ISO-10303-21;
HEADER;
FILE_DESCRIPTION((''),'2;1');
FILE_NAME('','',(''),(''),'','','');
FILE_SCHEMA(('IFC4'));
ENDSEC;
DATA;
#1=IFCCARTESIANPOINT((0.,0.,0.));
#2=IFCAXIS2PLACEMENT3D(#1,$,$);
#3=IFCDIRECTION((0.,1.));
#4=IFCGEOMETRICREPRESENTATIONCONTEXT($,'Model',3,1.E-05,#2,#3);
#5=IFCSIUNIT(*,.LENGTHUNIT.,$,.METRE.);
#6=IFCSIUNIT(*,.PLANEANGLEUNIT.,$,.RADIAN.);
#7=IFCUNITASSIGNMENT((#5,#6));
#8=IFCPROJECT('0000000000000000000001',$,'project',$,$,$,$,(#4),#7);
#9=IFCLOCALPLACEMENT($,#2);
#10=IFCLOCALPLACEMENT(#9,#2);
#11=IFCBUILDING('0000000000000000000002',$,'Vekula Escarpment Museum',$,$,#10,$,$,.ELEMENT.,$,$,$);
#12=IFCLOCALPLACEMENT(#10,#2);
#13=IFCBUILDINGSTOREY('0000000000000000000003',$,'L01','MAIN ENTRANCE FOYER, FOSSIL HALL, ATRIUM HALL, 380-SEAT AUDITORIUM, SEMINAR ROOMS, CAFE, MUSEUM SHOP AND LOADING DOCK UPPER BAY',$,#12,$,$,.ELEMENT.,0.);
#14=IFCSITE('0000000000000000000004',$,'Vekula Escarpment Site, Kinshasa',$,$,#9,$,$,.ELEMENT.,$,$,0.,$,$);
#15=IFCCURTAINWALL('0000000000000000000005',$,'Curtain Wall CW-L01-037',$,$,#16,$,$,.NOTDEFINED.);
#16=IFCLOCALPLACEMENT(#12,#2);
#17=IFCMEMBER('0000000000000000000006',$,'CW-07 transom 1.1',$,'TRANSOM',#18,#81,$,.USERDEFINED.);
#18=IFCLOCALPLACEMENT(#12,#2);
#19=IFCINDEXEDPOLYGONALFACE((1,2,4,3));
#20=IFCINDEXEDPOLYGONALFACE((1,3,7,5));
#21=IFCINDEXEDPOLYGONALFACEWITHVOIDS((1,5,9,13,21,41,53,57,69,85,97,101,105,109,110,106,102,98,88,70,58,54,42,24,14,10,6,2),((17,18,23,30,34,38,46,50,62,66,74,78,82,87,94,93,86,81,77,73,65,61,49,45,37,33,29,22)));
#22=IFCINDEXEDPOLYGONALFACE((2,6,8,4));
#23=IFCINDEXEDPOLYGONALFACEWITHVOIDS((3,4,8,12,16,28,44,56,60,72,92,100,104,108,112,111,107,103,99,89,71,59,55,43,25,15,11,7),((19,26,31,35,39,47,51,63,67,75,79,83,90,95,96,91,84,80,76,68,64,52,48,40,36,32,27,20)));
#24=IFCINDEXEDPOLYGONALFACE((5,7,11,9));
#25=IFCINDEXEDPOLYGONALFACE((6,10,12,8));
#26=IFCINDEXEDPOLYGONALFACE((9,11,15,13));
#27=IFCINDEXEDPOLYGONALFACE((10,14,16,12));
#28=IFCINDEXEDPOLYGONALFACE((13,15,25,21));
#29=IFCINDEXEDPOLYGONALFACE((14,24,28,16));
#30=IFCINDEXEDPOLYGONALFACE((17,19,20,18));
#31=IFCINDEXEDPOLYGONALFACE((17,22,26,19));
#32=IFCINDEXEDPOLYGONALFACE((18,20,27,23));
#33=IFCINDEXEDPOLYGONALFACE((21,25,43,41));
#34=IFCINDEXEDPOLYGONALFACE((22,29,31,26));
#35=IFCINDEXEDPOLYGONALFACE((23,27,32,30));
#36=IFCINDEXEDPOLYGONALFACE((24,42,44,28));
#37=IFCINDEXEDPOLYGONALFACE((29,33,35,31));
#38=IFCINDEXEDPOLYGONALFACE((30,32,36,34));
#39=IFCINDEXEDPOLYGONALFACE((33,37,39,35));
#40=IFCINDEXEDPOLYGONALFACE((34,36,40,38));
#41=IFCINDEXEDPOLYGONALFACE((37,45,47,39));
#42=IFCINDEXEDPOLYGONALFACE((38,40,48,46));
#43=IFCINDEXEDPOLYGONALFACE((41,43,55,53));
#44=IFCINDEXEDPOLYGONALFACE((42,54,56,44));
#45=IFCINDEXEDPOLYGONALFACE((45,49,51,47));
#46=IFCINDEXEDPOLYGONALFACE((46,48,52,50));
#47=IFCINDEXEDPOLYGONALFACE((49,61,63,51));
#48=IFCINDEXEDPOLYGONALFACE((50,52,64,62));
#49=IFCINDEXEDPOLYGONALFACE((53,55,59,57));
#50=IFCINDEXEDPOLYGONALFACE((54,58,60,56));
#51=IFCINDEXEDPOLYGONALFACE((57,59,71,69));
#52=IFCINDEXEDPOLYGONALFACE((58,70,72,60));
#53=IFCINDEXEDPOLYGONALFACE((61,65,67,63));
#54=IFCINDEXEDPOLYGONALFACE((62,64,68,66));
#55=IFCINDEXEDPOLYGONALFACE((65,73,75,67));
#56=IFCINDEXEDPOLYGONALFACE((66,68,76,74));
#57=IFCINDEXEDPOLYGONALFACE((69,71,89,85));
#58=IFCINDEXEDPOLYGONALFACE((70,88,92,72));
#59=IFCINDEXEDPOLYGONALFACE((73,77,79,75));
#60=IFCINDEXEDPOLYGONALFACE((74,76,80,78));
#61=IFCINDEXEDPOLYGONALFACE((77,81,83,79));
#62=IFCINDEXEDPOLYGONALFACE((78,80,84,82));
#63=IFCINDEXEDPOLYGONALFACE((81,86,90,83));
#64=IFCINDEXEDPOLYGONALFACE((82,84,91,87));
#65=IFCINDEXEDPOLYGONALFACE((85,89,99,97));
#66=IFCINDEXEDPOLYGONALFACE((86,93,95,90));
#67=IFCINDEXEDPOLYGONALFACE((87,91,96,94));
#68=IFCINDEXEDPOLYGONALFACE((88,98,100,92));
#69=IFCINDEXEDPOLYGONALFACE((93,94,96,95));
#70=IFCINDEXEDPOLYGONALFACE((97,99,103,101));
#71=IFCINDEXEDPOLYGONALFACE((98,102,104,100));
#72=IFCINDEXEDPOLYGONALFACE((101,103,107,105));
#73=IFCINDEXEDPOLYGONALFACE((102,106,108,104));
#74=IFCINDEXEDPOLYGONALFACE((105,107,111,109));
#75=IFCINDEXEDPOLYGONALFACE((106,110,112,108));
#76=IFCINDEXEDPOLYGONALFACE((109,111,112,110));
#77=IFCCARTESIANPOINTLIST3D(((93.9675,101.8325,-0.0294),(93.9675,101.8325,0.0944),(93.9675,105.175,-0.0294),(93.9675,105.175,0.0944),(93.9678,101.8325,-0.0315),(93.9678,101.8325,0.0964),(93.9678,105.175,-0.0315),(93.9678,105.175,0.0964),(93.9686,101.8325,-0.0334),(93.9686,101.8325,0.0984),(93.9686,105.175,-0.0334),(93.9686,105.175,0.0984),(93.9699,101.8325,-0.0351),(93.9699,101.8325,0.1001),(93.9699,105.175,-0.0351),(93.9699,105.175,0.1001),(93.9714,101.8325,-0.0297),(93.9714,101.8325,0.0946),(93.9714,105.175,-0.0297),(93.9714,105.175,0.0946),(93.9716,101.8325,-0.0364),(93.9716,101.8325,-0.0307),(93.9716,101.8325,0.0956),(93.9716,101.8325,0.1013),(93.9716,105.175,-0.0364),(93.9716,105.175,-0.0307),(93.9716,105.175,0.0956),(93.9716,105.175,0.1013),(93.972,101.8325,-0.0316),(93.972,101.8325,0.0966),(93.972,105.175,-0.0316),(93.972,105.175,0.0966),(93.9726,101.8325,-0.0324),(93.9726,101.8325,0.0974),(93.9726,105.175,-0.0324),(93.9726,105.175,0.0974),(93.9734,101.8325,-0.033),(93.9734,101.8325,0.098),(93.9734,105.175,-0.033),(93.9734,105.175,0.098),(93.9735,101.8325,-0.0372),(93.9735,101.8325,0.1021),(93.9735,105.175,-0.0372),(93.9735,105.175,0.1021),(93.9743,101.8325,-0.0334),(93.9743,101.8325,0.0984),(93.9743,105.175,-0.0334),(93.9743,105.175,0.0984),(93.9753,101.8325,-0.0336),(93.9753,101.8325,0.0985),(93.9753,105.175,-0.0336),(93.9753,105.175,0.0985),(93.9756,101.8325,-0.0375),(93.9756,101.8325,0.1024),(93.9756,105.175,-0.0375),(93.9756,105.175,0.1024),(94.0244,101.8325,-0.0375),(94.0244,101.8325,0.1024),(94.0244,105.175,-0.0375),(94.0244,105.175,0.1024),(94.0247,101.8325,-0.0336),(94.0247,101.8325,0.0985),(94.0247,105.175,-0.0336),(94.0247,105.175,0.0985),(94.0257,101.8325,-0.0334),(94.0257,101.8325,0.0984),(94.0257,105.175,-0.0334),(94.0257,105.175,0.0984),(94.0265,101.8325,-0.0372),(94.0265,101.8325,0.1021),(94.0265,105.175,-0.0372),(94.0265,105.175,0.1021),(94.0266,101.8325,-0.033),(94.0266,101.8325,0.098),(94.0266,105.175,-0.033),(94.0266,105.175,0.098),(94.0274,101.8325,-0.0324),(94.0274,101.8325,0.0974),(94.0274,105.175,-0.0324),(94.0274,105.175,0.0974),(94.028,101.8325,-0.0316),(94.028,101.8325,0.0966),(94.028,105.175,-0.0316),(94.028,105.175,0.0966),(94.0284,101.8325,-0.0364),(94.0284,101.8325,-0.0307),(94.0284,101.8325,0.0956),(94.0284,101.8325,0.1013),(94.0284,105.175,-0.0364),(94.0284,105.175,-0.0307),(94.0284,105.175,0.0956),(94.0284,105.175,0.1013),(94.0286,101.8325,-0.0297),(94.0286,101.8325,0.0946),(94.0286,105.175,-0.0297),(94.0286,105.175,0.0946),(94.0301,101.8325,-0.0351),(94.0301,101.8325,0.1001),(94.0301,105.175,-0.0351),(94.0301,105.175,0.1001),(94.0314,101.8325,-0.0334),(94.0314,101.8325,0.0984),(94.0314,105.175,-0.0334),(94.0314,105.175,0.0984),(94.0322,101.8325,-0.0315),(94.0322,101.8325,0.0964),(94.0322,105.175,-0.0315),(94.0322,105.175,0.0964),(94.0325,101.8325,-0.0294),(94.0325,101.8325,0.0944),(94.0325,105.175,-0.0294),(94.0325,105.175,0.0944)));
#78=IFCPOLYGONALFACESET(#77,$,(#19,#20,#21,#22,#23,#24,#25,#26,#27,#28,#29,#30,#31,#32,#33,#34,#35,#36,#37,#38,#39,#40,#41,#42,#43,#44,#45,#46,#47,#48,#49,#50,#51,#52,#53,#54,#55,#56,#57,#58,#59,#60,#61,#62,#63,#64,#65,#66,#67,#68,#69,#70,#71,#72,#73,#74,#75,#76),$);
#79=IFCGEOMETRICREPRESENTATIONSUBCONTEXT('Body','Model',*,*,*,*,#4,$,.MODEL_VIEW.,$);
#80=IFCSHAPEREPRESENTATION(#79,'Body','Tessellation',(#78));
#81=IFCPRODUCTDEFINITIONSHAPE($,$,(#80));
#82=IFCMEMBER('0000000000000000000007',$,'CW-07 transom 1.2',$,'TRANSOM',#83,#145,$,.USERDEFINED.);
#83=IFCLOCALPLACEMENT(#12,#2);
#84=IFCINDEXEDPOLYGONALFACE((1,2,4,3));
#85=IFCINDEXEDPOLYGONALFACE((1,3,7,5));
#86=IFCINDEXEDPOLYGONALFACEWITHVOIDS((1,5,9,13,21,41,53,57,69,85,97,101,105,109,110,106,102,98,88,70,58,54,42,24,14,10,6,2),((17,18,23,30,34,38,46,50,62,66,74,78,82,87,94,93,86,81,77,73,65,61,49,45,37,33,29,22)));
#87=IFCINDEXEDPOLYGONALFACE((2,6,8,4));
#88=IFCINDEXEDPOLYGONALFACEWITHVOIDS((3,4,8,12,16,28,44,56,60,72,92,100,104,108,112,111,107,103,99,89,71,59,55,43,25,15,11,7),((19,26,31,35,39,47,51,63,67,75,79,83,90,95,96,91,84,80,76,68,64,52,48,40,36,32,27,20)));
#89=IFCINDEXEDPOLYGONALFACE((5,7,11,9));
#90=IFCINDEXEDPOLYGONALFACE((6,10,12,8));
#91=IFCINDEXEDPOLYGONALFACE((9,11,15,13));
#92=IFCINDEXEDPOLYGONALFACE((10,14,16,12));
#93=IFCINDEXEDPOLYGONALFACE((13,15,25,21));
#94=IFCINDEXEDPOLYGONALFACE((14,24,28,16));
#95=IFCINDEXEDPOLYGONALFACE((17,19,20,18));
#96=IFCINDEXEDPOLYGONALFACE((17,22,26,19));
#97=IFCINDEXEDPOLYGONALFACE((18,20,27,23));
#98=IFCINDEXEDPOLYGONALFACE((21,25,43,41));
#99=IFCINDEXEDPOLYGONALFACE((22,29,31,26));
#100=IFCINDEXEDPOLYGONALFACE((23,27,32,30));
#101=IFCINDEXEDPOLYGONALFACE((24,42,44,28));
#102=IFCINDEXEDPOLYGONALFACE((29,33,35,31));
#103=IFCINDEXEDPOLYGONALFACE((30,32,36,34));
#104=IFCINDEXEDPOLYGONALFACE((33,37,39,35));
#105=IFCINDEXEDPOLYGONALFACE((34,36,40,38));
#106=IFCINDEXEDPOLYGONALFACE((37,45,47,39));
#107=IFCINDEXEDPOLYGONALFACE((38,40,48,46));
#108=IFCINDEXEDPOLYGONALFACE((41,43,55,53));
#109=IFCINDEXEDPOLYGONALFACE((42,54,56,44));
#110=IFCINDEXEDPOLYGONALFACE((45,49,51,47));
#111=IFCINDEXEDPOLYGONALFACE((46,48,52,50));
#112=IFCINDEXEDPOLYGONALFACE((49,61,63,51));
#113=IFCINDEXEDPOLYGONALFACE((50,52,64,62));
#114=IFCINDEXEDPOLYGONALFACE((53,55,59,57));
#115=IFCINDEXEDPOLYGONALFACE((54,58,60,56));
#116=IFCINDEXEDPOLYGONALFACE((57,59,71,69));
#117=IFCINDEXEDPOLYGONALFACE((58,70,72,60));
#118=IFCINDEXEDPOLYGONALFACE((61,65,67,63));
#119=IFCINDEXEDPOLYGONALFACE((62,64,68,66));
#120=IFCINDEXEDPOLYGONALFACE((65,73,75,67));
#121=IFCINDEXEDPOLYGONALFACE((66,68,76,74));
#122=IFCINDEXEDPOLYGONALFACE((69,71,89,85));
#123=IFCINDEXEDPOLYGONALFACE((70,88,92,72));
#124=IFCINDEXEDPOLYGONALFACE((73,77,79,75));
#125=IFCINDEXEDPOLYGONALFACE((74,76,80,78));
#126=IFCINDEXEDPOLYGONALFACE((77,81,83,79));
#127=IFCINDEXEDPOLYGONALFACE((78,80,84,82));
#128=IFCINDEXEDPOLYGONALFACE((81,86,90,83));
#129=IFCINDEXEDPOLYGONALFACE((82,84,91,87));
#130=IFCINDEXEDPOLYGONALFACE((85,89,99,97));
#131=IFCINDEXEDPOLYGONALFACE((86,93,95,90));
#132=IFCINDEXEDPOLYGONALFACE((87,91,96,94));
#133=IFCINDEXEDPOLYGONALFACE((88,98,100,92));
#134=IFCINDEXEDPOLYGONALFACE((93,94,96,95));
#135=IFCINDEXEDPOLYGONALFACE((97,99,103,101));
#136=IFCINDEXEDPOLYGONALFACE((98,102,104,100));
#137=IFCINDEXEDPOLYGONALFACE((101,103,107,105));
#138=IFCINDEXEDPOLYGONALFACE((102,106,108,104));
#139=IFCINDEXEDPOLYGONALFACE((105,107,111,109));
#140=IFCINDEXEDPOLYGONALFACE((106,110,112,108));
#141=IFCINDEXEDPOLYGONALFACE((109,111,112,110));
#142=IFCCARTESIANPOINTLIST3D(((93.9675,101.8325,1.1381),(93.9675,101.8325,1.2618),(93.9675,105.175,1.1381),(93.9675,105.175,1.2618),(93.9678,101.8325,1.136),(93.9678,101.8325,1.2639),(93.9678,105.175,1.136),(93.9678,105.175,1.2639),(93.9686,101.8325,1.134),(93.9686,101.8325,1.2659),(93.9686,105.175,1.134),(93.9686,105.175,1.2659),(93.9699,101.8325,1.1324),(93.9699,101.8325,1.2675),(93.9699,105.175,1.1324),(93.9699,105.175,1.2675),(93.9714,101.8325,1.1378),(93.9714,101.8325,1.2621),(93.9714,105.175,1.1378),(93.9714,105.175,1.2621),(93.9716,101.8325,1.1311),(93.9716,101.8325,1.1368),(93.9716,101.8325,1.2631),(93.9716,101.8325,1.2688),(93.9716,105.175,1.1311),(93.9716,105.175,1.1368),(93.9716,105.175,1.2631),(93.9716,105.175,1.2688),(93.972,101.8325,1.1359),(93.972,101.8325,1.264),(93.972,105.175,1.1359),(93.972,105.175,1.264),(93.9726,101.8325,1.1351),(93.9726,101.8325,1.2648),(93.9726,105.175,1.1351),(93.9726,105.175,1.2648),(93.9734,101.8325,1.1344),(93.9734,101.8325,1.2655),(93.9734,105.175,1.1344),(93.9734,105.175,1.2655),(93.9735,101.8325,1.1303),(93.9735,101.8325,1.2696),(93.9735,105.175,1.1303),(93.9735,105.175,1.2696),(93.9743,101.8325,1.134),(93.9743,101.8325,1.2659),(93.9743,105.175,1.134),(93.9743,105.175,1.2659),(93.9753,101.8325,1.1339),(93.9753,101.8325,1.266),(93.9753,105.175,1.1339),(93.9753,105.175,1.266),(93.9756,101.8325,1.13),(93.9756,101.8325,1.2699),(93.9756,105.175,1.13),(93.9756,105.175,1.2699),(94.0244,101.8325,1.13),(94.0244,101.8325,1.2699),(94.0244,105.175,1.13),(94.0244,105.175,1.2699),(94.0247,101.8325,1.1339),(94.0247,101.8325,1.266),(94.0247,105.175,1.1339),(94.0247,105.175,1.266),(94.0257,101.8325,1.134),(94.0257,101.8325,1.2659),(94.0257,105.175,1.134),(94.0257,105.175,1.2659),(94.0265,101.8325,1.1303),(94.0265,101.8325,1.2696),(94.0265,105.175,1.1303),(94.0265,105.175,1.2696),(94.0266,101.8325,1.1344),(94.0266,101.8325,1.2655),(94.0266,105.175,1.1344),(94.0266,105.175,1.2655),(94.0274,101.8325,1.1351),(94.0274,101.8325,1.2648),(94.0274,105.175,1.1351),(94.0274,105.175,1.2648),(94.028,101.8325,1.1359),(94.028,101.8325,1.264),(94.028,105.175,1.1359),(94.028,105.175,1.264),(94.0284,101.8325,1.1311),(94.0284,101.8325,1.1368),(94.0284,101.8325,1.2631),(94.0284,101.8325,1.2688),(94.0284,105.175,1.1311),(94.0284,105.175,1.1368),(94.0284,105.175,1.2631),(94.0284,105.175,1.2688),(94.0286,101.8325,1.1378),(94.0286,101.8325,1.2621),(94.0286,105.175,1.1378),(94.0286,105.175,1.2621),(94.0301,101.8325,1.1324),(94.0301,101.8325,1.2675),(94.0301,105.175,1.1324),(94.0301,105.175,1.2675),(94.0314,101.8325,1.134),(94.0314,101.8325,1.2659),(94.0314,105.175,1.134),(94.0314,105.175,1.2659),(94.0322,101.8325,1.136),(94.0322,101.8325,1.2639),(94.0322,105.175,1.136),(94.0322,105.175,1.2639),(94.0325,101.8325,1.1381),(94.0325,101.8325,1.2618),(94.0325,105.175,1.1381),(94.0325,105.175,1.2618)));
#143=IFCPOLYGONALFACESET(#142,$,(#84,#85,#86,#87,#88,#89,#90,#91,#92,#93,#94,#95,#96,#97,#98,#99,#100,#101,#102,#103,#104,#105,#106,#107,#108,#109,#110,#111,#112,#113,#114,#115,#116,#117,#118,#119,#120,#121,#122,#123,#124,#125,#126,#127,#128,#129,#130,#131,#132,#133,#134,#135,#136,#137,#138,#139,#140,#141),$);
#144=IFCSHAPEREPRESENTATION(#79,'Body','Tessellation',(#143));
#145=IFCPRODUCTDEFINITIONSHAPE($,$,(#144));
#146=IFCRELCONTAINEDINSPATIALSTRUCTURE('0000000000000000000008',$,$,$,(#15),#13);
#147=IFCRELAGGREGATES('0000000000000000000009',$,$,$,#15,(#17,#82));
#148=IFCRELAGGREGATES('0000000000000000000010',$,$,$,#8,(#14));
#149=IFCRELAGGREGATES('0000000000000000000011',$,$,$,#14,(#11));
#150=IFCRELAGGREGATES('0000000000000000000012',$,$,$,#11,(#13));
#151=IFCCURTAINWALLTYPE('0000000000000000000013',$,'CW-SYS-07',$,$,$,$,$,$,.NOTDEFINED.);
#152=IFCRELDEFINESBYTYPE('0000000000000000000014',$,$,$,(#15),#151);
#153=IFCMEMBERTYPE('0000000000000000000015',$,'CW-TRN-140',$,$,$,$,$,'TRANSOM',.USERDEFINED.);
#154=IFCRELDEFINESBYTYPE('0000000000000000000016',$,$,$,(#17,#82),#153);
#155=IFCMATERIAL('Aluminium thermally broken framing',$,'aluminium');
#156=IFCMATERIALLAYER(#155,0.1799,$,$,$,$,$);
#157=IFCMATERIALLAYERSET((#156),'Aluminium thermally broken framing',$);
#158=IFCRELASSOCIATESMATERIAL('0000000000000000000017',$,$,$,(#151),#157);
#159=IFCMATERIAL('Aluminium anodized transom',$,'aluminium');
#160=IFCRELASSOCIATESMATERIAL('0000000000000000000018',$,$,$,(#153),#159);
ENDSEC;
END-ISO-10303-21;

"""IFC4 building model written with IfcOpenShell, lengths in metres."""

from ifc_helpers import new_model, si_unit, direction, frame, origin, origin_2d, place, context, subcontext, project, spatial, hollow_rectangle, extrude, material, layer, layer_set, material_profile, profile_set, type_object, element, aggregate, save


model = new_model("IFC4")

# Units and contexts
model_context = context("Model", 3, precision=1e-05, world=origin(), true_north=direction((0.0, 1.0)))
body_context = subcontext(model_context, "Body", "Model", "MODEL_VIEW")
ifc_project = project(units=[si_unit("LENGTHUNIT", "METRE"), si_unit("PLANEANGLEUNIT", "RADIAN")], contexts=[model_context])

# Site, building, storey
site_placement = place(None, origin())
site = spatial("IfcSite", under=ifc_project, at=site_placement, Name="Vekula Escarpment Site, Kinshasa", CompositionType="ELEMENT", RefElevation=0.0)
building_placement = place(site_placement, origin())
building = spatial("IfcBuilding", under=site, at=building_placement, Name="Vekula Escarpment Museum", CompositionType="ELEMENT")
storey_placement = place(building_placement, origin())
storey = spatial("IfcBuildingStorey", under=building, at=storey_placement, Name="L01", Description="MAIN ENTRANCE FOYER, FOSSIL HALL, ATRIUM HALL, 380-SEAT AUDITORIUM, SEMINAR ROOMS, CAFE, MUSEUM SHOP AND LOADING DOCK UPPER BAY", CompositionType="ELEMENT", Elevation=0.0)

# Curtain wall
ifc_material_1 = material(Name="Aluminium thermally broken framing", Category="aluminium")
ifc_layer_1 = layer(ifc_material_1, 0.1799)
ifc_layer_set_1 = layer_set([ifc_layer_1], Name="Aluminium thermally broken framing")
curtain_wall_type_1 = type_object("IfcCurtainWallType", Name="CW-SYS-07", PredefinedType="NOTDEFINED", material=ifc_layer_set_1)
curtain_wall_1_placement = place(storey_placement, origin())
curtain_wall_1 = element("IfcCurtainWall", 1, at=curtain_wall_1_placement, inside=storey, type_object=curtain_wall_type_1, Name="Curtain Wall CW-L01-037", PredefinedType="NOTDEFINED")

# Members
ifc_material_2 = material(Name="Aluminium anodized transom", Category="aluminium")
ifc_material_profile_1 = material_profile(ifc_material_2, hollow_rectangle(XDim=0.0649, YDim=0.1399, WallThickness=0.0039, InnerFilletRadius=0.0039, OuterFilletRadius=0.0081, at=origin_2d()), Name="ALU 140x65x4")
ifc_profile_set_1 = profile_set([ifc_material_profile_1], Name="Aluminium anodized transom")
member_type_1 = type_object("IfcMemberType", Name="CW-TRN-140", ElementType="TRANSOM", PredefinedType="USERDEFINED", material=ifc_profile_set_1)
member_1_placement = place(storey_placement, frame((94.0, 105.175, 0.0325), z_axis=(0.0, -1.0, 0.0), x_axis=(1.0, 0.0, 0.0)))
member_1 = element("IfcMember", 2, at=member_1_placement, type_object=member_type_1, Name="CW-07 transom 1.1", ObjectType="TRANSOM", PredefinedType="USERDEFINED", context=body_context, shape_type="SweptSolid", body=[
    extrude(hollow_rectangle(XDim=0.0649, YDim=0.1399, WallThickness=0.0039, InnerFilletRadius=0.0039, OuterFilletRadius=0.0081, at=origin_2d()), origin(), (0.0, 0.0, 1.0), 3.3425),
])
member_2_placement = place(storey_placement, frame((94.0, 105.175, 1.2), z_axis=(0.0, -1.0, 0.0), x_axis=(1.0, 0.0, 0.0)))
member_2 = element("IfcMember", 3, at=member_2_placement, type_object=member_type_1, Name="CW-07 transom 1.2", ObjectType="TRANSOM", PredefinedType="USERDEFINED", context=body_context, shape_type="SweptSolid", body=[
    extrude(hollow_rectangle(XDim=0.0649, YDim=0.1399, WallThickness=0.0039, InnerFilletRadius=0.0039, OuterFilletRadius=0.0081, at=origin_2d()), origin(), (0.0, 0.0, 1.0), 3.3425),
])

aggregate(curtain_wall_1, [member_1, member_2])

save(model, "model.ifc")
